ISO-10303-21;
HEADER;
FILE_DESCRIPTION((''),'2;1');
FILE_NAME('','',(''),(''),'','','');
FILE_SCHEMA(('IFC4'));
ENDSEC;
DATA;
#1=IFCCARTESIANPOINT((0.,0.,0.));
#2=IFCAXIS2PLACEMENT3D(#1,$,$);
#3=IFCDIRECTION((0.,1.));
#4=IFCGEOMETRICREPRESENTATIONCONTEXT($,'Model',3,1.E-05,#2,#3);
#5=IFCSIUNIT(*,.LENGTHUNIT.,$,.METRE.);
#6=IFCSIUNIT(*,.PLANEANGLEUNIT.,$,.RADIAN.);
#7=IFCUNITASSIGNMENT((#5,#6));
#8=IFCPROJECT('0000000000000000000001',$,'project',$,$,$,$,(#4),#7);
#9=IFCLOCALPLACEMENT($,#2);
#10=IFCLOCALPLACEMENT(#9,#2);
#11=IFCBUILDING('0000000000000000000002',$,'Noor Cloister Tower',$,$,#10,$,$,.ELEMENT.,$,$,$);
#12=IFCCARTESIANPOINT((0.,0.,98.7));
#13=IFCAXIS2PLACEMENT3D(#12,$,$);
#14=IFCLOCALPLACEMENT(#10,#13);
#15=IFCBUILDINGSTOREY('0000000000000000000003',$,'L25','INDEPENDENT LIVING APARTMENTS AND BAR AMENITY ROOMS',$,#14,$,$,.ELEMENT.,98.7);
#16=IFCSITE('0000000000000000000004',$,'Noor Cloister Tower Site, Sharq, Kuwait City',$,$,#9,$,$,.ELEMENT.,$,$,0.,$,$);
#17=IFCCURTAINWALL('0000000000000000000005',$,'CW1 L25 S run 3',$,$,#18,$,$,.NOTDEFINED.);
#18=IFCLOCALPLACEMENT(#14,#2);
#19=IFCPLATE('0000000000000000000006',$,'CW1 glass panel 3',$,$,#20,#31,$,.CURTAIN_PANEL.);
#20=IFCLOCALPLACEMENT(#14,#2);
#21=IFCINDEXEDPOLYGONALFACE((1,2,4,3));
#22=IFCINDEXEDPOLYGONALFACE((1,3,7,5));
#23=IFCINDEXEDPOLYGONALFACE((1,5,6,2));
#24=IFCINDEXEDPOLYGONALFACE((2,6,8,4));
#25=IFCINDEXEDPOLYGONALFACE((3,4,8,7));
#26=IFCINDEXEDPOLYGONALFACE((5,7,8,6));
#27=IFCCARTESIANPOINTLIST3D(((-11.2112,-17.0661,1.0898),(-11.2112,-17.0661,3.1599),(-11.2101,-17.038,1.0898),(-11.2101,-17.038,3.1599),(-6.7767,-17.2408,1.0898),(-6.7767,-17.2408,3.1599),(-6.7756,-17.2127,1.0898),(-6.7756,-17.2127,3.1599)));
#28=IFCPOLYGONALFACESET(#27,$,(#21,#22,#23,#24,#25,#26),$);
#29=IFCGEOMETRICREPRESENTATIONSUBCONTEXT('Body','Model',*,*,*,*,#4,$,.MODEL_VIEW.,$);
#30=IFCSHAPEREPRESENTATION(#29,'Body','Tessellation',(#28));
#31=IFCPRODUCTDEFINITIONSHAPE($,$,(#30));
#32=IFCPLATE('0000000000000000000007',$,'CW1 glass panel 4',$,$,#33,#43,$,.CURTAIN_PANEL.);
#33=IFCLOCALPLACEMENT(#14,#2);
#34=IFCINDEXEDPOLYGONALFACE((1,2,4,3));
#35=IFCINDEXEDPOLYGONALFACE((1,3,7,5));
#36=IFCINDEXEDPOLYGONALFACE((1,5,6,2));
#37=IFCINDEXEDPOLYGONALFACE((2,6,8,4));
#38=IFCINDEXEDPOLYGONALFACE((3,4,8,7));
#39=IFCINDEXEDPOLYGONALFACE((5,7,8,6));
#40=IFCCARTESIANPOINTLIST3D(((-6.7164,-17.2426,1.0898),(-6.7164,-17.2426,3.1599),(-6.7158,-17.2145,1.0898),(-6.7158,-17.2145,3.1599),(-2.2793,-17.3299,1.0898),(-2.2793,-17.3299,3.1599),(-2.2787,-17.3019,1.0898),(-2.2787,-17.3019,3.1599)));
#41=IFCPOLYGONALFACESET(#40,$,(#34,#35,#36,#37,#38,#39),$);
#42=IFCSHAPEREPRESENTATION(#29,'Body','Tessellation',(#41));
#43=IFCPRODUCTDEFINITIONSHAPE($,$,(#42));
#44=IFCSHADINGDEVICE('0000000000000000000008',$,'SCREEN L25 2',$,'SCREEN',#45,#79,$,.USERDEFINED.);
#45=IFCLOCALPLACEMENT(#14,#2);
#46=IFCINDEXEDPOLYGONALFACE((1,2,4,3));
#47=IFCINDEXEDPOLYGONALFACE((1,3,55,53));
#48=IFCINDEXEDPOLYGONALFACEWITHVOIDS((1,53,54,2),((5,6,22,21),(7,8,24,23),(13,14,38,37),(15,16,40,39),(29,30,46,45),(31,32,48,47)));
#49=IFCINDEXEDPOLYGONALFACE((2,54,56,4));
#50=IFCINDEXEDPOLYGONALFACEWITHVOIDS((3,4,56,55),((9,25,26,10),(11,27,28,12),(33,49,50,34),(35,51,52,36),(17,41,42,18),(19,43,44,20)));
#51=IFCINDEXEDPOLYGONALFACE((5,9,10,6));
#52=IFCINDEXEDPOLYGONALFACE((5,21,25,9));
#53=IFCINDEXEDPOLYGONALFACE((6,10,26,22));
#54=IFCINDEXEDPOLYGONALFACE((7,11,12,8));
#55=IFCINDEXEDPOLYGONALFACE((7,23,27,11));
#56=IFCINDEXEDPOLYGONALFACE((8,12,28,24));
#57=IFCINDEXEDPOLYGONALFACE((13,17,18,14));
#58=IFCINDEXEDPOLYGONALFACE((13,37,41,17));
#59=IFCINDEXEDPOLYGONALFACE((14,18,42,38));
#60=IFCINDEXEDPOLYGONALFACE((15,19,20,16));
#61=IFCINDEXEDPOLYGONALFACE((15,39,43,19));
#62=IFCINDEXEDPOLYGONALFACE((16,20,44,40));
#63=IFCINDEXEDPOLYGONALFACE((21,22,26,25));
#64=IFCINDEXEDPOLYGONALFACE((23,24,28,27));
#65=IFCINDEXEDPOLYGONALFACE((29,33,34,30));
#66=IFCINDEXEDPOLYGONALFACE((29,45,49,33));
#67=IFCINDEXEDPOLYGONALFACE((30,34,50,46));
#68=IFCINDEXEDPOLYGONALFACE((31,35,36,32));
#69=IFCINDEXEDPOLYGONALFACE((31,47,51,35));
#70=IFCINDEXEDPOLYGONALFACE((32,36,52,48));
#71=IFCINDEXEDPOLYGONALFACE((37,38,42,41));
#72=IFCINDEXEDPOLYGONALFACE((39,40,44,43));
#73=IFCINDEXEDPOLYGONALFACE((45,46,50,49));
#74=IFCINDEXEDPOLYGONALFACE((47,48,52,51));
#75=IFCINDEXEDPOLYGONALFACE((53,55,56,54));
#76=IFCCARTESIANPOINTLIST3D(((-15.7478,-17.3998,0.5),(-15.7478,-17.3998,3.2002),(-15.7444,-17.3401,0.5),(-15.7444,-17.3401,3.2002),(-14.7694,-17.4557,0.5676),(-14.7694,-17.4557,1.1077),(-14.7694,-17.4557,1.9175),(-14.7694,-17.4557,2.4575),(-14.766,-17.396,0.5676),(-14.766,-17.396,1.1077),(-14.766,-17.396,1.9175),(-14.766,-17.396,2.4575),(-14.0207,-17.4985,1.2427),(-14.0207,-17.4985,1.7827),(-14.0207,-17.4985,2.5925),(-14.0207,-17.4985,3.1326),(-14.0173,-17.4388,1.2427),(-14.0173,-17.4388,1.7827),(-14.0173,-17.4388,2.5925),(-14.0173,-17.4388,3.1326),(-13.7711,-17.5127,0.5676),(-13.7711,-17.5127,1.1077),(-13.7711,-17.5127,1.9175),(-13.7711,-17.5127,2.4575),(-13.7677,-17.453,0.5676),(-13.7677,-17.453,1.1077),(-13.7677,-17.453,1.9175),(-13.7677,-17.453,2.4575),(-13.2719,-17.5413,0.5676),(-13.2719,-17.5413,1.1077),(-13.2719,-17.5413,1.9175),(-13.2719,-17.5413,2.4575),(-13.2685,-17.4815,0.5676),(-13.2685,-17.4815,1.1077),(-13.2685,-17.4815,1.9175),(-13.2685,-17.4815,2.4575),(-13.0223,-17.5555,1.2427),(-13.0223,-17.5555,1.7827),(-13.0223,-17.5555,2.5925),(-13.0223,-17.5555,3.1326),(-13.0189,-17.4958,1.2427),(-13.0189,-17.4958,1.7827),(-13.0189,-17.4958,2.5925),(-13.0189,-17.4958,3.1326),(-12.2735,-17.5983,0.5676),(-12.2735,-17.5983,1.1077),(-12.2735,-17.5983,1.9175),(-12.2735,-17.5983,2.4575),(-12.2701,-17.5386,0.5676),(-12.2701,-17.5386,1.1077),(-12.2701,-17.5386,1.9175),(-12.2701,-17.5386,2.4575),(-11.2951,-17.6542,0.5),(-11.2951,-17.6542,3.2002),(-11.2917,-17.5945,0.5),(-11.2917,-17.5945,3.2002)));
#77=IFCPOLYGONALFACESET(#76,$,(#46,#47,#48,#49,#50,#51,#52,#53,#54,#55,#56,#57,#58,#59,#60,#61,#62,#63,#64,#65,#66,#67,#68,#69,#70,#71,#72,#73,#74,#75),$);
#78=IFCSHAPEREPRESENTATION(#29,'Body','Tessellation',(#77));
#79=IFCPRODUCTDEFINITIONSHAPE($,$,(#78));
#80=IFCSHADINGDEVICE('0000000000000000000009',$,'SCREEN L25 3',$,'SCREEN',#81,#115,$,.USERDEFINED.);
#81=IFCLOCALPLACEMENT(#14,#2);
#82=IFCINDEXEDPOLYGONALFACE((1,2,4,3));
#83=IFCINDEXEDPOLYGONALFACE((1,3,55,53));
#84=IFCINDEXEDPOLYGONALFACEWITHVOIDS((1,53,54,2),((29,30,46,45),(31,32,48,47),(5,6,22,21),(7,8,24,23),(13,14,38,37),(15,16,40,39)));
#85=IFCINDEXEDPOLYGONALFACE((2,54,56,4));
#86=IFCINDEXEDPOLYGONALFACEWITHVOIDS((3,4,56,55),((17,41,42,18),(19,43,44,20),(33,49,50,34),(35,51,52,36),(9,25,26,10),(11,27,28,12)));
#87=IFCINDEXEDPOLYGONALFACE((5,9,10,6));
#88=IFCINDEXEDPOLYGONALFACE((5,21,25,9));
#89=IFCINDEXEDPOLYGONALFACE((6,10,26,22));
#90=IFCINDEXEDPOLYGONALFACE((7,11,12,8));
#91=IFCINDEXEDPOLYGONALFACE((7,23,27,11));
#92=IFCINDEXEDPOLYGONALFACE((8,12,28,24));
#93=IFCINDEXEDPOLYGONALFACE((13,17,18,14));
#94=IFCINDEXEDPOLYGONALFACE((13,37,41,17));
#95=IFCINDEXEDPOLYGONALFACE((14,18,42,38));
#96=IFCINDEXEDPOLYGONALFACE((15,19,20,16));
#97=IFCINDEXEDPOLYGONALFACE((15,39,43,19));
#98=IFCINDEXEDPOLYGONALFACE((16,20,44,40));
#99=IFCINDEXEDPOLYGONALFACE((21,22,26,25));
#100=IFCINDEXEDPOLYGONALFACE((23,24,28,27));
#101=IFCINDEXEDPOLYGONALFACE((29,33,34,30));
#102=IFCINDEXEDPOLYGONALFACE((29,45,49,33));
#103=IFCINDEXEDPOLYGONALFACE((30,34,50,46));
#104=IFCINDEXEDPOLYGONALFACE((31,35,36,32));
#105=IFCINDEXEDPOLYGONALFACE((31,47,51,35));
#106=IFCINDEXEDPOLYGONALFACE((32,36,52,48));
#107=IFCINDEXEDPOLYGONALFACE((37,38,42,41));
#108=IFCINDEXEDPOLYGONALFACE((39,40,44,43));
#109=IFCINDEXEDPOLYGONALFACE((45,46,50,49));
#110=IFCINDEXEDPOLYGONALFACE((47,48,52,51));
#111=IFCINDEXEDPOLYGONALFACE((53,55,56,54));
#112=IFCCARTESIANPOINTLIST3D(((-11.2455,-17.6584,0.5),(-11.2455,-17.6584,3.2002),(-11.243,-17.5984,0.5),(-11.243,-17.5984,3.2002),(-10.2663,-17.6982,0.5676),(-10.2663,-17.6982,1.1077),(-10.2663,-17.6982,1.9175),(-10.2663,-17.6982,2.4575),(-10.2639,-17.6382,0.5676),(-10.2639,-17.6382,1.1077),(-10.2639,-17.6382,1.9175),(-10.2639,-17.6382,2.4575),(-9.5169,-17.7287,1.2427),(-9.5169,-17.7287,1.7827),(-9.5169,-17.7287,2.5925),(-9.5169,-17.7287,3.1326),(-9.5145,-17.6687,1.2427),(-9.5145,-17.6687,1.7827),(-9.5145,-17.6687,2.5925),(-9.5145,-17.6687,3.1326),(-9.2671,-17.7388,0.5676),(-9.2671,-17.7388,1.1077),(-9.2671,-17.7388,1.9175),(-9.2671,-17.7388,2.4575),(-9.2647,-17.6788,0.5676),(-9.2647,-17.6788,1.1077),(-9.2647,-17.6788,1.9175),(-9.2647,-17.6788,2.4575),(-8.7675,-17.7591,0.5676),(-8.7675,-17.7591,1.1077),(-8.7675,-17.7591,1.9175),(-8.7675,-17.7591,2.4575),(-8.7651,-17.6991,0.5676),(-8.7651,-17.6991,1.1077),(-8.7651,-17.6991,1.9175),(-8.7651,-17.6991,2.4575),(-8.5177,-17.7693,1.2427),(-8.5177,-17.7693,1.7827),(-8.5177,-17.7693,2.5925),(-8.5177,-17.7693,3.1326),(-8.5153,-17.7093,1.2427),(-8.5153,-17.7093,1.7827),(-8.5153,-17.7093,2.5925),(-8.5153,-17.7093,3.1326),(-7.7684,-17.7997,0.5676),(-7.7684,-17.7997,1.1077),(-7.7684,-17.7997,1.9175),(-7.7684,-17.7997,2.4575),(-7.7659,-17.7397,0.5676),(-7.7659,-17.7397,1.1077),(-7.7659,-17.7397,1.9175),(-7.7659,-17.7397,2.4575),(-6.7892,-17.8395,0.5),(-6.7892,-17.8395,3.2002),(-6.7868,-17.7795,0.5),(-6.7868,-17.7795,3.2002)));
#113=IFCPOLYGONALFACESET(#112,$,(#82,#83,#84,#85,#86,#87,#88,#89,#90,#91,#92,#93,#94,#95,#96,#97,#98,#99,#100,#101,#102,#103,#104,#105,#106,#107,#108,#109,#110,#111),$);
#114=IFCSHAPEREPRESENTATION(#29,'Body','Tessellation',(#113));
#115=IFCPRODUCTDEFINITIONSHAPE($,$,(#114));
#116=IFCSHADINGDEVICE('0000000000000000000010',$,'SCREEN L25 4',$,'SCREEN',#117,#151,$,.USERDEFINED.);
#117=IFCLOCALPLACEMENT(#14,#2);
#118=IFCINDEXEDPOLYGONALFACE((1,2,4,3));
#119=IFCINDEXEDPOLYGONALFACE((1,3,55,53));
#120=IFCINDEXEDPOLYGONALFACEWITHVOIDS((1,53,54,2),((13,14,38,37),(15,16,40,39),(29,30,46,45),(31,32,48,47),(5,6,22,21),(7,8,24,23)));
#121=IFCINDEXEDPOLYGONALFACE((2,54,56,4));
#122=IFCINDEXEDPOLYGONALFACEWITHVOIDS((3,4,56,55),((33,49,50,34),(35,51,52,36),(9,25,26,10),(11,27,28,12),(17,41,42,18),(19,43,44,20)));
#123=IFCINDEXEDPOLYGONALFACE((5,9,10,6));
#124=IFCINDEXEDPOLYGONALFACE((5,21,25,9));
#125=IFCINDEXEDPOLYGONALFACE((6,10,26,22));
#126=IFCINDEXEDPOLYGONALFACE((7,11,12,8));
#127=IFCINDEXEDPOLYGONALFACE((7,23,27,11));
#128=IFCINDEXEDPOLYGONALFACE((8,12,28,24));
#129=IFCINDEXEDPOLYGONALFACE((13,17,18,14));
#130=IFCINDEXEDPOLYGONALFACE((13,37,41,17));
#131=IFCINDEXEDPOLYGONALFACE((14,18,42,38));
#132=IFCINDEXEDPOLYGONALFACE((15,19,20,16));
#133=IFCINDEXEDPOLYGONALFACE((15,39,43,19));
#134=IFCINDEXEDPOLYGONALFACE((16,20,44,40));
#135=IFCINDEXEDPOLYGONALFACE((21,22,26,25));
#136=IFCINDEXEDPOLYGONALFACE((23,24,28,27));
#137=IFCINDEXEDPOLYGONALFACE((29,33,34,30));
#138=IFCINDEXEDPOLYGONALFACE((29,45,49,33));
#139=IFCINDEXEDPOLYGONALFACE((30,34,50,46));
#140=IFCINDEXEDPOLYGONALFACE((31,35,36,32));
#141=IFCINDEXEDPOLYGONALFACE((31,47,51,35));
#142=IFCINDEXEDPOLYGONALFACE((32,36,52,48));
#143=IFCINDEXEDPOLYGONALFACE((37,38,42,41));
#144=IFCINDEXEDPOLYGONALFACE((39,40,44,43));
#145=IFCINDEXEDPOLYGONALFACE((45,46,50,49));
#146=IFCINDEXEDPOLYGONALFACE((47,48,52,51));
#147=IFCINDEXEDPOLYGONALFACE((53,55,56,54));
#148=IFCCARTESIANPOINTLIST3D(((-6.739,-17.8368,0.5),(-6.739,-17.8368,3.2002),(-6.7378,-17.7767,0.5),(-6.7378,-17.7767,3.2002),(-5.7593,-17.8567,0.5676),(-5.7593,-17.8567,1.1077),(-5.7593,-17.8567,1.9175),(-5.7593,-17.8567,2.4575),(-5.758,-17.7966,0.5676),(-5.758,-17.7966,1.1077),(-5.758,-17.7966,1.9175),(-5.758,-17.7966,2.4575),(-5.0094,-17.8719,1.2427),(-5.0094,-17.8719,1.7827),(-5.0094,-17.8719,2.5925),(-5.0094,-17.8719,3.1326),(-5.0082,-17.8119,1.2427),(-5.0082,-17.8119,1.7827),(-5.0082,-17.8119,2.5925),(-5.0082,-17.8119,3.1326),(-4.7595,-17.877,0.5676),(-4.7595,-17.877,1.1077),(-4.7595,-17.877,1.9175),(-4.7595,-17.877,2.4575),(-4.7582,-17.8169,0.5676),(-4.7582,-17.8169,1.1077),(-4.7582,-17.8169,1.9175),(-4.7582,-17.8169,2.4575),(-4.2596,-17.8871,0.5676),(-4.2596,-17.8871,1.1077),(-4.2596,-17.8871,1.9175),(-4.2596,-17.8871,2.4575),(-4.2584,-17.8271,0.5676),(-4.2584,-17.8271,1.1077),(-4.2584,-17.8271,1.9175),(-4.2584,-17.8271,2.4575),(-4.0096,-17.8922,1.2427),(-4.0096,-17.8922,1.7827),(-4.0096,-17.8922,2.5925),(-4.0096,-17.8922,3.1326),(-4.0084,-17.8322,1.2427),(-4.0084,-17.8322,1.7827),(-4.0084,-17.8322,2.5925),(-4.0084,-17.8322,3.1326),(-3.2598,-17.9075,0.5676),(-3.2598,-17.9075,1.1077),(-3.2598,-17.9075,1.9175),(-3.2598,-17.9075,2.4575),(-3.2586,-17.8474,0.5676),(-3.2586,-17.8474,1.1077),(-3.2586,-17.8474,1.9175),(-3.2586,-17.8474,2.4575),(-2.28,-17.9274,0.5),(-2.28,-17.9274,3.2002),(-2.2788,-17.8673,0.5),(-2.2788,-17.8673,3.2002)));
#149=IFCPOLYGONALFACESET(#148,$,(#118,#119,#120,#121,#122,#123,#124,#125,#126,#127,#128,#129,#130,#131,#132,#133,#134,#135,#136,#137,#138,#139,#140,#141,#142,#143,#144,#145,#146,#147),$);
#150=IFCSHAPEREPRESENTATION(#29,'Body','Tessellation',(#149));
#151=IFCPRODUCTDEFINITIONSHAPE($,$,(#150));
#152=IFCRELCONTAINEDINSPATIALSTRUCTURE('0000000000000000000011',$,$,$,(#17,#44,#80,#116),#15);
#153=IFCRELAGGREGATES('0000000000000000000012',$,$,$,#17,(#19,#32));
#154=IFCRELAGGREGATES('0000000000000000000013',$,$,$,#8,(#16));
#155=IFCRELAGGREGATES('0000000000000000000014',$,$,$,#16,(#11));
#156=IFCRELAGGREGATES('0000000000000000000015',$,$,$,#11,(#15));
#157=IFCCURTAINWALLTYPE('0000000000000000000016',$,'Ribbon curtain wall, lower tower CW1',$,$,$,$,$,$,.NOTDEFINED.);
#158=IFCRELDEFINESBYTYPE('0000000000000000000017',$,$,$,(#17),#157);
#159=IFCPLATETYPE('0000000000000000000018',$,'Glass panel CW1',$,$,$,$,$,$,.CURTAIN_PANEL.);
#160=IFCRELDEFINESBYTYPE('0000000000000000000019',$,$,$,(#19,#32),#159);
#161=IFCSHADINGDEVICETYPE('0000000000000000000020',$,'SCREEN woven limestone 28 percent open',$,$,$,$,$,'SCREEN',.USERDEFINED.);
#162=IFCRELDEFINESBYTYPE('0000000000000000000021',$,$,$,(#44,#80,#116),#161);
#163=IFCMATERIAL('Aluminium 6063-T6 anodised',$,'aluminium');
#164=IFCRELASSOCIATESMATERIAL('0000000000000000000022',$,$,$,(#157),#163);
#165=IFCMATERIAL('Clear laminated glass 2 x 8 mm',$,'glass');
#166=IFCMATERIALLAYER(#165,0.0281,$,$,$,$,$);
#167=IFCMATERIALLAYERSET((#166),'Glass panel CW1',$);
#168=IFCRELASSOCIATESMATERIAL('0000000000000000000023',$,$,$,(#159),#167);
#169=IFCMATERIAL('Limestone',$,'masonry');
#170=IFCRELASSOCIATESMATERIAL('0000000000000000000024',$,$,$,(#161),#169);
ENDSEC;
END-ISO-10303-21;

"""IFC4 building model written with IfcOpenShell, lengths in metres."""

from ifc_helpers import new_model, si_unit, direction, frame, origin, origin_2d, place, context, subcontext, project, spatial, polyline, rectangle, outline, extrude, material, layer, layer_set, material_profile, profile_set, type_object, element, aggregate, save


model = new_model("IFC4")

# Units and contexts
model_context = context("Model", 3, precision=1e-05, world=origin(), true_north=direction((0.0, 1.0)))
body_context = subcontext(model_context, "Body", "Model", "MODEL_VIEW")
ifc_project = project(units=[si_unit("LENGTHUNIT", "METRE"), si_unit("PLANEANGLEUNIT", "RADIAN")], contexts=[model_context])

# Site, building, storey
site_placement = place(None, origin())
site = spatial("IfcSite", under=ifc_project, at=site_placement, Name="Noor Cloister Tower Site, Sharq, Kuwait City", CompositionType="ELEMENT", RefElevation=0.0)
building_placement = place(site_placement, origin())
building = spatial("IfcBuilding", under=site, at=building_placement, Name="Noor Cloister Tower", CompositionType="ELEMENT")
storey_placement = place(building_placement, frame((0.0, 0.0, 98.7)))
storey = spatial("IfcBuildingStorey", under=building, at=storey_placement, Name="L25", Description="INDEPENDENT LIVING APARTMENTS AND BAR AMENITY ROOMS", CompositionType="ELEMENT", Elevation=98.7)

# Curtain wall
ifc_material_1 = material(Name="Aluminium 6063-T6 anodised", Category="aluminium")
curtain_wall_type = type_object("IfcCurtainWallType", Name="Ribbon curtain wall, lower tower CW1", PredefinedType="NOTDEFINED", material=ifc_material_1)
curtain_wall_placement = place(storey_placement, origin())
curtain_wall = element("IfcCurtainWall", 1, at=curtain_wall_placement, inside=storey, type_object=curtain_wall_type, Name="CW1 L25 S run 3", PredefinedType="NOTDEFINED")

# Plates
ifc_material_2 = material(Name="Clear laminated glass 2 x 8 mm", Category="glass")
ifc_layer = layer(ifc_material_2, 0.0281)
ifc_layer_set = layer_set([ifc_layer], Name="Glass panel CW1")
plate_type = type_object("IfcPlateType", Name="Glass panel CW1", PredefinedType="CURTAIN_PANEL", material=ifc_layer_set)
plate_1_placement = place(storey_placement, frame((-8.9934, -17.1394, 1.0898), z_axis=(0.0, 0.0, 1.0), x_axis=(0.999225, -0.039356, 0.0)))
plate_1 = element("IfcPlate", 2, at=plate_1_placement, type_object=plate_type, Name="CW1 glass panel 3", PredefinedType="CURTAIN_PANEL", context=body_context, shape_type="SweptSolid", body=[
    extrude(rectangle(XDim=4.438, YDim=0.0281, at=origin_2d()), origin(), (0.0, 0.0, 1.0), 2.0701),
])
plate_2_placement = place(storey_placement, frame((-4.4976, -17.2722, 1.0898), z_axis=(0.0, 0.0, 1.0), x_axis=(0.999806, -0.019682, 0.0)))
plate_2 = element("IfcPlate", 3, at=plate_2_placement, type_object=plate_type, Name="CW1 glass panel 4", PredefinedType="CURTAIN_PANEL", context=body_context, shape_type="SweptSolid", body=[
    extrude(rectangle(XDim=4.438, YDim=0.0281, at=origin_2d()), origin(), (0.0, 0.0, 1.0), 2.0701),
])
aggregate(curtain_wall, [plate_1, plate_2])

# Shading devices
ifc_material_3 = material(Name="Limestone", Category="masonry")
ifc_material_profile_1 = material_profile(ifc_material_3, outline(polyline([(-2.23, -1.3501), (2.23, -1.3501), (2.23, 1.3501), (-2.23, 1.3501), (-2.23, -1.3501)]), holes=[polyline([(-1.25, -1.2825), (-0.25, -1.2825), (-0.25, -0.7424), (-1.25, -0.7424), (-1.25, -1.2825)]), polyline([(0.25, -1.2825), (1.25, -1.2825), (1.25, -0.7424), (0.25, -0.7424), (0.25, -1.2825)]), polyline([(-0.5, -0.6074), (0.5, -0.6074), (0.5, -0.0674), (-0.5, -0.0674), (-0.5, -0.6074)]), polyline([(-1.25, 0.0674), (-0.25, 0.0674), (-0.25, 0.6074), (-1.25, 0.6074), (-1.25, 0.0674)]), polyline([(0.25, 0.0674), (1.25, 0.0674), (1.25, 0.6074), (0.25, 0.6074), (0.25, 0.0674)]), polyline([(-0.5, 0.7424), (0.5, 0.7424), (0.5, 1.2825), (-0.5, 1.2825), (-0.5, 0.7424)])]), Name="Woven screen 28 percent open")
ifc_profile_set_1 = profile_set([ifc_material_profile_1], Name="Limestone")
shading_device_type = type_object("IfcShadingDeviceType", Name="SCREEN woven limestone 28 percent open", ElementType="SCREEN", PredefinedType="USERDEFINED", material=ifc_profile_set_1)
shading_device_placement = place(storey_placement, frame((-13.5181, -17.4673, 1.8501), z_axis=(-0.05705, -0.998371, 0.0), x_axis=(0.998371, -0.05705, 0.0)))
element("IfcShadingDevice", 4, at=shading_device_placement, inside=storey, type_object=shading_device_type, Name="SCREEN L25 2", ObjectType="SCREEN", PredefinedType="USERDEFINED", context=body_context, shape_type="SweptSolid", body=[
    extrude(outline(polyline([(-2.23, -1.3501), (2.23, -1.3501), (2.23, 1.3501), (-2.23, 1.3501), (-2.23, -1.3501)]), holes=[polyline([(-1.25, -1.2825), (-0.25, -1.2825), (-0.25, -0.7424), (-1.25, -0.7424), (-1.25, -1.2825)]), polyline([(0.25, -1.2825), (1.25, -1.2825), (1.25, -0.7424), (0.25, -0.7424), (0.25, -1.2825)]), polyline([(-0.5, -0.6074), (0.5, -0.6074), (0.5, -0.0674), (-0.5, -0.0674), (-0.5, -0.6074)]), polyline([(-1.25, 0.0674), (-0.25, 0.0674), (-0.25, 0.6074), (-1.25, 0.6074), (-1.25, 0.0674)]), polyline([(0.25, 0.0674), (1.25, 0.0674), (1.25, 0.6074), (0.25, 0.6074), (0.25, 0.0674)]), polyline([(-0.5, 0.7424), (0.5, 0.7424), (0.5, 1.2825), (-0.5, 1.2825), (-0.5, 0.7424)])]), origin(), (0.0, 0.0, 1.0), 0.0598),
])
for number, where, z_axis, x_axis, name in (
    (5, (-9.0149, -17.689, 1.8501), (-0.040617, -0.999175, 0.0), (0.999175, -0.040617, 0.0), "SCREEN L25 3"),
    (6, (-4.5083, -17.822, 1.8501), (-0.020321, -0.999794, 0.0), (0.999794, -0.020321, 0.0), "SCREEN L25 4"),
):
    element("IfcShadingDevice", number, at=place(storey_placement, frame(where, z_axis=z_axis, x_axis=x_axis)), inside=storey, type_object=shading_device_type, Name=name, ObjectType="SCREEN", PredefinedType="USERDEFINED", context=body_context, shape_type="SweptSolid", body=[
        extrude(outline(polyline([(-2.23, -1.3501), (2.23, -1.3501), (2.23, 1.3501), (-2.23, 1.3501), (-2.23, -1.3501)]), holes=[polyline([(-1.25, -1.2825), (-0.25, -1.2825), (-0.25, -0.7424), (-1.25, -0.7424), (-1.25, -1.2825)]), polyline([(0.25, -1.2825), (1.25, -1.2825), (1.25, -0.7424), (0.25, -0.7424), (0.25, -1.2825)]), polyline([(-0.5, -0.6074), (0.5, -0.6074), (0.5, -0.0674), (-0.5, -0.0674), (-0.5, -0.6074)]), polyline([(-1.25, 0.0674), (-0.25, 0.0674), (-0.25, 0.6074), (-1.25, 0.6074), (-1.25, 0.0674)]), polyline([(0.25, 0.0674), (1.25, 0.0674), (1.25, 0.6074), (0.25, 0.6074), (0.25, 0.0674)]), polyline([(-0.5, 0.7424), (0.5, 0.7424), (0.5, 1.2825), (-0.5, 1.2825), (-0.5, 0.7424)])]), origin(), (0.0, 0.0, 1.0), 0.0601),
    ])

save(model, "model.ifc")
